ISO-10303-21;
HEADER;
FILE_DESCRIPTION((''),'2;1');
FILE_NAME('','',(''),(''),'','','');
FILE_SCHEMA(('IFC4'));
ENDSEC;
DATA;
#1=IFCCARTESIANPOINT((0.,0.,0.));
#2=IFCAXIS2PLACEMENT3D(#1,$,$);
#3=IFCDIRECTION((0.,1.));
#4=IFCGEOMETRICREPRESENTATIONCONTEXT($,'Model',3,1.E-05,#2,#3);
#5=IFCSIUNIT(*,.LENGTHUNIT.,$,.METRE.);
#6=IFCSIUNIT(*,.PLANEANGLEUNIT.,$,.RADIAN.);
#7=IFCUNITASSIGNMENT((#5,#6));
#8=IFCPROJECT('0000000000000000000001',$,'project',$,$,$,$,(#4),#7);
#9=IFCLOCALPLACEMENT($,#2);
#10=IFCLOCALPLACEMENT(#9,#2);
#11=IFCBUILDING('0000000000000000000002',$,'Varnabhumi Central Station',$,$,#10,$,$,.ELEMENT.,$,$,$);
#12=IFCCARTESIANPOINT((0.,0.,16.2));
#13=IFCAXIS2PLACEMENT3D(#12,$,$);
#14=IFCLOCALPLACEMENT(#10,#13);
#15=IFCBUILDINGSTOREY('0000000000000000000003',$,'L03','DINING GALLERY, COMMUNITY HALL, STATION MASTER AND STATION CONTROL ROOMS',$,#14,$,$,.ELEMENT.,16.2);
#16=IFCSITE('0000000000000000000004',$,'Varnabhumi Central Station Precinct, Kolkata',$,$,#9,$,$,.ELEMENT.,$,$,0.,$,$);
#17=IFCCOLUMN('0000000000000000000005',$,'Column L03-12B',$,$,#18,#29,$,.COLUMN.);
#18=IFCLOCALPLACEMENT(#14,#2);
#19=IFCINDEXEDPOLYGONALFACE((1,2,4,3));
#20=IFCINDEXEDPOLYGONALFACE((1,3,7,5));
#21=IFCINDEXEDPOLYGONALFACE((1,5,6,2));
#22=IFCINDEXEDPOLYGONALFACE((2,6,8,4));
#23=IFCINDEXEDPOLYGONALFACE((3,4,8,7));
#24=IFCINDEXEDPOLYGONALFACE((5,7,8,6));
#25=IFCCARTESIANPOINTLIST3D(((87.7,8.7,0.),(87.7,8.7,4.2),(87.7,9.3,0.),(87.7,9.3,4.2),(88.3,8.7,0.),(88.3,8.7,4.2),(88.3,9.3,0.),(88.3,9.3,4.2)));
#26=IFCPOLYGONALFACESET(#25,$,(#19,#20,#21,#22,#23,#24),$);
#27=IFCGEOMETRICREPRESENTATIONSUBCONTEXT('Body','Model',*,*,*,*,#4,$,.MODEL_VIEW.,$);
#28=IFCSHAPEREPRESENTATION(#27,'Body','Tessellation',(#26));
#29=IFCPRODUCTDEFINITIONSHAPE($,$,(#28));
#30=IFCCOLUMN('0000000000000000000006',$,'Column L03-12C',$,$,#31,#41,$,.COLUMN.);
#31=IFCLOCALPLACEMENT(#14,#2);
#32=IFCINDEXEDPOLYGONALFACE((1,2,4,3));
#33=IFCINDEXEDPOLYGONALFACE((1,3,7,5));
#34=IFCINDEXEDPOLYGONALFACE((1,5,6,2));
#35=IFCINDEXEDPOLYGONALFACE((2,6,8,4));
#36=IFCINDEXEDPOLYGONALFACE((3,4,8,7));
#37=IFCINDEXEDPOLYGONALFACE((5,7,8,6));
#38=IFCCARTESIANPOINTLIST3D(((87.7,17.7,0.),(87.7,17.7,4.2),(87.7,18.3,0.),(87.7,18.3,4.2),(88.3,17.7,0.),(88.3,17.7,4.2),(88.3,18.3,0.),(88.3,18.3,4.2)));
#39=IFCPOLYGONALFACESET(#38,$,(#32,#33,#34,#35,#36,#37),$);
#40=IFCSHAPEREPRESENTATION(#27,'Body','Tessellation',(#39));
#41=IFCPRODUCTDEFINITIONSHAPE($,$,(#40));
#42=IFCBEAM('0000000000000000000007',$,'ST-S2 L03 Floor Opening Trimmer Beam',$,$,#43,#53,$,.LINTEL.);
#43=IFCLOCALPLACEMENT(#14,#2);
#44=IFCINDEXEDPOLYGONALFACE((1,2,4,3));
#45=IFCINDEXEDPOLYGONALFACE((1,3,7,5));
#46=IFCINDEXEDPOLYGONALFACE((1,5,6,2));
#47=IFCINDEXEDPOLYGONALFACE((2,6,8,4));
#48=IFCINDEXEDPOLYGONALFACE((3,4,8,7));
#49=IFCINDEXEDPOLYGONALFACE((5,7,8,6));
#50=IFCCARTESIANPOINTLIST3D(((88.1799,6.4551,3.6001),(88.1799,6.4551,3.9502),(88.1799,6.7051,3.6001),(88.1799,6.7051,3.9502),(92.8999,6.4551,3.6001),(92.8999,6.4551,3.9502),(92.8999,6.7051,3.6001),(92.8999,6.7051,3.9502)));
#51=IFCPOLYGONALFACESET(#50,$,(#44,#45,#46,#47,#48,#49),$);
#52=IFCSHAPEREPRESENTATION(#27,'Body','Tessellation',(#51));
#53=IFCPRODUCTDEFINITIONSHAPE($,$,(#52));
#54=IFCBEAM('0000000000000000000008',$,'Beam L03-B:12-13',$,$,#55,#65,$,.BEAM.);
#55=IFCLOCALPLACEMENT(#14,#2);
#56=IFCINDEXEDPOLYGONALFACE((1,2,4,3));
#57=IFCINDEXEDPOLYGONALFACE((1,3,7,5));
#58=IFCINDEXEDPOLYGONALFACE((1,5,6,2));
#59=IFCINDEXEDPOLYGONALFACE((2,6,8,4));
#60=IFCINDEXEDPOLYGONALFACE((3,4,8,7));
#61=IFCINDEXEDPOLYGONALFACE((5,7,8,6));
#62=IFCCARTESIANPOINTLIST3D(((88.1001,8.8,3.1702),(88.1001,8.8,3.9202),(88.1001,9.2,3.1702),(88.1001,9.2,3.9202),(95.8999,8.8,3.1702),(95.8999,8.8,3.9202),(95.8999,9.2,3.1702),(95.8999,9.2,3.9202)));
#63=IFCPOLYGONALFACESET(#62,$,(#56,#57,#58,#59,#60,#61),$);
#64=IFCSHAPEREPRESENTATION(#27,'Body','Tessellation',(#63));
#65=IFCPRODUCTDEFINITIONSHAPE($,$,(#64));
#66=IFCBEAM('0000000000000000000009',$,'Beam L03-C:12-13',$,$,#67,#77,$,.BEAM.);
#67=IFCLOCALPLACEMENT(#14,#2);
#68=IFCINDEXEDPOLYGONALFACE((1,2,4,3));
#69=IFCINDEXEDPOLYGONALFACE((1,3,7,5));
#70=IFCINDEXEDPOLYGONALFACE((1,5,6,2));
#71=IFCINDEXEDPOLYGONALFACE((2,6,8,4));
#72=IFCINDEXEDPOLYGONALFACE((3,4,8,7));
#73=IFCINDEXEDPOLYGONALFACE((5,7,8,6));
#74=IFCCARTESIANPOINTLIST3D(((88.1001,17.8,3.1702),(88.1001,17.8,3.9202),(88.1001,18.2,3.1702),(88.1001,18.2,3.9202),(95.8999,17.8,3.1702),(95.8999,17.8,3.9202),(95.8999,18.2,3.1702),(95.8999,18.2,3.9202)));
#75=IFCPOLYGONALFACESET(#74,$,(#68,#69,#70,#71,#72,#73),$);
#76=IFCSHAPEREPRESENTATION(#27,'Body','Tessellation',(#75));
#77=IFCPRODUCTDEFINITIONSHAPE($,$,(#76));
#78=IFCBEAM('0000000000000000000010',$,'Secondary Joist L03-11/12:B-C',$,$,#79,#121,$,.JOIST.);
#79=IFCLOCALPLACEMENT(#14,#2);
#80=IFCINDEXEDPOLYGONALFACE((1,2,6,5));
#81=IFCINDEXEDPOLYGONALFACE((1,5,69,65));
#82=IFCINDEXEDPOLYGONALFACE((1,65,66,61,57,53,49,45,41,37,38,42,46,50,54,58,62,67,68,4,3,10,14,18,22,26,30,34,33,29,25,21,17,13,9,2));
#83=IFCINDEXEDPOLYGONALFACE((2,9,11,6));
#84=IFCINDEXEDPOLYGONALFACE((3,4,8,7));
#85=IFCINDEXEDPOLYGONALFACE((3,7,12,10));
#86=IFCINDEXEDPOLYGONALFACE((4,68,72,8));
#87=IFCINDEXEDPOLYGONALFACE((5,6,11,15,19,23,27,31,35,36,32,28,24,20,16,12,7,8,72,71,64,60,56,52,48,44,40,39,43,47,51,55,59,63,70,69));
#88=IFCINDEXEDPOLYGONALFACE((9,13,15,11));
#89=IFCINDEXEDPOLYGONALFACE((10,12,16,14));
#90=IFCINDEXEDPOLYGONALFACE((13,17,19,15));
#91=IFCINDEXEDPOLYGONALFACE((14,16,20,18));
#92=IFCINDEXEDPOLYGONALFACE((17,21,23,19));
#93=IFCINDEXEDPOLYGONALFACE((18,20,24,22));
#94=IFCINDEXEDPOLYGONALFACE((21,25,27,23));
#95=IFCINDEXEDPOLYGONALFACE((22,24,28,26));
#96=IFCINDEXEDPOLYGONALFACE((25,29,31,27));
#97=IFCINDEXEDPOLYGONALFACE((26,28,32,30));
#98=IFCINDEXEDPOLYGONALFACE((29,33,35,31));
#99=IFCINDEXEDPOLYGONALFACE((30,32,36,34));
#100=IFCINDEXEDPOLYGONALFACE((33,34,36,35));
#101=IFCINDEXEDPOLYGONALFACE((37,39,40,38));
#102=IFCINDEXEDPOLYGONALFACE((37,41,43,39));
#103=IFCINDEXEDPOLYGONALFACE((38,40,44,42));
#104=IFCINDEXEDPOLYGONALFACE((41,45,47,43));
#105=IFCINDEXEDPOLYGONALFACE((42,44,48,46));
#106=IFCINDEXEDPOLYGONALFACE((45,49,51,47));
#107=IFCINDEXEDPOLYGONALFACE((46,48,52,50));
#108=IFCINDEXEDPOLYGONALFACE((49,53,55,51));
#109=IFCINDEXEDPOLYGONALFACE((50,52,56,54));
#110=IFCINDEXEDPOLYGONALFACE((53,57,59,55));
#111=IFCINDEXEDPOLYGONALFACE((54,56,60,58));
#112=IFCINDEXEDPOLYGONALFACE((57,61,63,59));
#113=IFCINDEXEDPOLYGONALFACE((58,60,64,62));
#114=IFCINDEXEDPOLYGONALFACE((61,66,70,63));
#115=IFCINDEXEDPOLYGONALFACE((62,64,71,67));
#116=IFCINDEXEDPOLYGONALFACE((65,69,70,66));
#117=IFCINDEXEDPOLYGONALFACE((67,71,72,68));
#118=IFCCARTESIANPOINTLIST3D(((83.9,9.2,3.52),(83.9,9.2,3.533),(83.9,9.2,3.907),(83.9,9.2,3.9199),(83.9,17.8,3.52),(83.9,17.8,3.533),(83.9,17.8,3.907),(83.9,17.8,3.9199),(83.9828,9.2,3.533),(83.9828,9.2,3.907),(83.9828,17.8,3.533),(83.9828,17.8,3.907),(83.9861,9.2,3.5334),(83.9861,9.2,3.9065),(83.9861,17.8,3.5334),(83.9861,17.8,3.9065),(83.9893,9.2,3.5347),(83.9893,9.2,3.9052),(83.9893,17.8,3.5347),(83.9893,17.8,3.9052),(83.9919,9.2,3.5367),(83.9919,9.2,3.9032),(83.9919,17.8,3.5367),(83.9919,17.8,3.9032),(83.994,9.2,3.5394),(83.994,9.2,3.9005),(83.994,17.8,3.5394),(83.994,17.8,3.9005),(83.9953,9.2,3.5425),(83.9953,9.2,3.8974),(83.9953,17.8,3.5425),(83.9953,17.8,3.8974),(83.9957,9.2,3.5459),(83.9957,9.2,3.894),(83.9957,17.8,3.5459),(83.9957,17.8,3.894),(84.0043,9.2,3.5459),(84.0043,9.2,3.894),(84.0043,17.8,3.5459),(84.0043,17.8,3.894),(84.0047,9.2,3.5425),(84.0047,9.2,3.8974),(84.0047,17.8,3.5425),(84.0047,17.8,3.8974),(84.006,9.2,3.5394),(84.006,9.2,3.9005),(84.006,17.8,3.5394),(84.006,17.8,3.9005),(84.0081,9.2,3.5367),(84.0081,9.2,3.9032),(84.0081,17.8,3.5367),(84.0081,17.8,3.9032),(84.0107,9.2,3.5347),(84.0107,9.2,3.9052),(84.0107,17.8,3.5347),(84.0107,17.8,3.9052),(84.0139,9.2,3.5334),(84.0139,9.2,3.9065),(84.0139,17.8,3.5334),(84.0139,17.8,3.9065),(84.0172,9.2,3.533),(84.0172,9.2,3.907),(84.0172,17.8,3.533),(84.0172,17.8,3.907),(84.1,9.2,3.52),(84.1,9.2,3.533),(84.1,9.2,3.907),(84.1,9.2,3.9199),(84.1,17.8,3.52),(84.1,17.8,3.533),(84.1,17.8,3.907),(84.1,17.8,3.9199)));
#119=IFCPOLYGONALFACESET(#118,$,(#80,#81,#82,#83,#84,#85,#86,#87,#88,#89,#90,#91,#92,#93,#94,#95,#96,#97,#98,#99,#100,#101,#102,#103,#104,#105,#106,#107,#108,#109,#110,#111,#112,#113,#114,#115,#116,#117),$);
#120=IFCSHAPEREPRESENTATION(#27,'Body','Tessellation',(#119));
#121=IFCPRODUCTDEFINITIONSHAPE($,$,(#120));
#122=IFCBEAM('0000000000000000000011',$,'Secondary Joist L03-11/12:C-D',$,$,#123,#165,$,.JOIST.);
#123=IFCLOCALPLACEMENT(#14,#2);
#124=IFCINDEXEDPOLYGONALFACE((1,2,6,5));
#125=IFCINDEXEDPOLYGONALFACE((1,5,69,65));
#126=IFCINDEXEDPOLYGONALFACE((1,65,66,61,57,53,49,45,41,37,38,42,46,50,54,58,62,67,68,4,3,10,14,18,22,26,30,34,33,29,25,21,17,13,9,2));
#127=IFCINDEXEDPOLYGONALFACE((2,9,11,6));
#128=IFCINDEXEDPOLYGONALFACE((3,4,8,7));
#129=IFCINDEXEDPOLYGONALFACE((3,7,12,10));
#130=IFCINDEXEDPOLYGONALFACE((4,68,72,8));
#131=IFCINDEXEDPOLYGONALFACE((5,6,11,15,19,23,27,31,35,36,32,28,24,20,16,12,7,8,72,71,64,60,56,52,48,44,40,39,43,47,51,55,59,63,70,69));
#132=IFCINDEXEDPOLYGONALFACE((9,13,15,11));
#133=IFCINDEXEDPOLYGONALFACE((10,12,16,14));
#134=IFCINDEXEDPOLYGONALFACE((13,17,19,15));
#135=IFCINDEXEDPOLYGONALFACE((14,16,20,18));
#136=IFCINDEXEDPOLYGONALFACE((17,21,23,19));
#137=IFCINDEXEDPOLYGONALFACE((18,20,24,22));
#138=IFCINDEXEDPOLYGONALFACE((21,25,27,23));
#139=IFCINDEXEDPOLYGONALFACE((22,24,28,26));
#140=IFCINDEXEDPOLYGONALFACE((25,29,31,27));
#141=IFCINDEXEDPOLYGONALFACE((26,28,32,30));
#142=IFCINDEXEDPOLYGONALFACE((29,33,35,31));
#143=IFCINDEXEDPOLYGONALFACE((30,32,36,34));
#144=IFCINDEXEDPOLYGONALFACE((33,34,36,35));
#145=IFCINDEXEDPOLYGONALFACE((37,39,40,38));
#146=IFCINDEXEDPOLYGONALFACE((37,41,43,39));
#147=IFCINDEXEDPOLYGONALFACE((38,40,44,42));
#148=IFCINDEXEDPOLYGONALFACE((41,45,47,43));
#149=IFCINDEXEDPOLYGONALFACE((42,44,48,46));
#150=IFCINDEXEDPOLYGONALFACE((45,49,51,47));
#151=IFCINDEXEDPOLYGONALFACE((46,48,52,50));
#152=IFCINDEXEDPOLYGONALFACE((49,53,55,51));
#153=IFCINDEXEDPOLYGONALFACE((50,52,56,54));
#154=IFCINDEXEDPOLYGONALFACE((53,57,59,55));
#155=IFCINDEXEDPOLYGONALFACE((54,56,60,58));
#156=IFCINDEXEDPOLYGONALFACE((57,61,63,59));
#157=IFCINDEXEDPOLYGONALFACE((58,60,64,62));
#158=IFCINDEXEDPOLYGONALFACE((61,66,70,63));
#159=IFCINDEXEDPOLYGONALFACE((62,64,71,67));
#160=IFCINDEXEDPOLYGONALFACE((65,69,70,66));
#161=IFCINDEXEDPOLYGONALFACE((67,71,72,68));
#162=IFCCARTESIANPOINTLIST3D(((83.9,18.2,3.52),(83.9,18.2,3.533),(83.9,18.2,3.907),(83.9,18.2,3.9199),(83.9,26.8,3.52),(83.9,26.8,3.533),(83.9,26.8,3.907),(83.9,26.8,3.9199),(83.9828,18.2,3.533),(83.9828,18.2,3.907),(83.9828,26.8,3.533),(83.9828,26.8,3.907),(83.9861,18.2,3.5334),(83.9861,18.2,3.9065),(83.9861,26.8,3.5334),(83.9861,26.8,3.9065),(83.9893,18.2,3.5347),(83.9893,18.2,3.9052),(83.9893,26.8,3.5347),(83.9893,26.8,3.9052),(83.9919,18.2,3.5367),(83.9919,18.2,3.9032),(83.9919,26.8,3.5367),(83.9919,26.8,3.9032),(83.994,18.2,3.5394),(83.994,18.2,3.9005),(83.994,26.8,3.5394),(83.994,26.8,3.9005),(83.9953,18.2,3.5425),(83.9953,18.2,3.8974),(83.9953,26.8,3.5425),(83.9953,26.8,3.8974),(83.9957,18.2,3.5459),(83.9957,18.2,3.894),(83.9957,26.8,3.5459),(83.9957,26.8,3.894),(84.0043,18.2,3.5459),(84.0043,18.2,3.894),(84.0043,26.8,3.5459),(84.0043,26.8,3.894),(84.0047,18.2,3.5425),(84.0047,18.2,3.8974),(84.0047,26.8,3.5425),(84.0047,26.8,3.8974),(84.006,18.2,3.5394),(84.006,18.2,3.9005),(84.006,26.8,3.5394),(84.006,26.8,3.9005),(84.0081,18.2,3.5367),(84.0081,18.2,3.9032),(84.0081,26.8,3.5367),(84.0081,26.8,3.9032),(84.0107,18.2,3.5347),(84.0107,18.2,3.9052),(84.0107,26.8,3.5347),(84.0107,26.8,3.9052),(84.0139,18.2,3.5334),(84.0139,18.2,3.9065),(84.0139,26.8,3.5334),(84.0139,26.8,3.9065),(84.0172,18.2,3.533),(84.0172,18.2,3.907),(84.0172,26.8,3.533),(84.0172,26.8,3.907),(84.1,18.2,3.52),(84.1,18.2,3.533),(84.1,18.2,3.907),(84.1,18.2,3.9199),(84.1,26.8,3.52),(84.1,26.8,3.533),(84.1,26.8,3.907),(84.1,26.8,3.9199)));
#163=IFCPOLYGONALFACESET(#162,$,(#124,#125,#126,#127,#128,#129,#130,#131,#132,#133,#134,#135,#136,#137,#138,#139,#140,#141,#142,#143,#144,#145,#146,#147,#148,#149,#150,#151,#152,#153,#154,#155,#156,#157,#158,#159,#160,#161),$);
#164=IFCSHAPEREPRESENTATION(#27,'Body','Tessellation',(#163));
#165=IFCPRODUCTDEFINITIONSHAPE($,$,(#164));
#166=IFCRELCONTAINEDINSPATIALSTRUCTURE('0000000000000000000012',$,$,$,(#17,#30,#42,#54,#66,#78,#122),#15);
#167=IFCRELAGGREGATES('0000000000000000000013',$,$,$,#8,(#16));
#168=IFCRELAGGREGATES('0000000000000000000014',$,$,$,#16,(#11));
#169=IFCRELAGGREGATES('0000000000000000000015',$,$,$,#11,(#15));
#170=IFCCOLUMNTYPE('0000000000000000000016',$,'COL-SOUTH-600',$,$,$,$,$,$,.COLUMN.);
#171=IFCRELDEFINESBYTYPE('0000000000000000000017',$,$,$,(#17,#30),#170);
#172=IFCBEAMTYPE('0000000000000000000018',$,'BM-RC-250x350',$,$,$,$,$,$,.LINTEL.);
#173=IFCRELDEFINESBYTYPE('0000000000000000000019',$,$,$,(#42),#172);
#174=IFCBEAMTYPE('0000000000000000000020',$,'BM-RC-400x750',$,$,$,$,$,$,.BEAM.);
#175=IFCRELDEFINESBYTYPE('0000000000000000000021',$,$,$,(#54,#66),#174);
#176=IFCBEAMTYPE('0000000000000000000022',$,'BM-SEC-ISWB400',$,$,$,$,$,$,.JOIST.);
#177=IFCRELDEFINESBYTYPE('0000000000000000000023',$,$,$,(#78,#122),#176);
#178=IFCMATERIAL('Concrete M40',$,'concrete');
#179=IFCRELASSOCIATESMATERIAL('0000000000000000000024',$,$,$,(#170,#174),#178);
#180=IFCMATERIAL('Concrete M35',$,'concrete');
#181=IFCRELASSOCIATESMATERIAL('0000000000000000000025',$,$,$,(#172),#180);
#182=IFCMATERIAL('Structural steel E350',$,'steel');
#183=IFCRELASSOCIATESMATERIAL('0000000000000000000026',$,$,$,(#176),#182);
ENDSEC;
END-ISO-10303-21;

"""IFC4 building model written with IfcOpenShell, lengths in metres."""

from ifc_helpers import new_model, si_unit, direction, frame, origin, origin_2d, place, context, subcontext, project, spatial, rectangle, i_section, extrude, material, material_profile, profile_set, type_object, element, save


model = new_model("IFC4")

# Units and contexts
model_context = context("Model", 3, precision=1e-05, world=origin(), true_north=direction((0.0, 1.0)))
body_context = subcontext(model_context, "Body", "Model", "MODEL_VIEW")
ifc_project = project(units=[si_unit("LENGTHUNIT", "METRE"), si_unit("PLANEANGLEUNIT", "RADIAN")], contexts=[model_context])

# Site, building, storey
site_placement = place(None, origin())
site = spatial("IfcSite", under=ifc_project, at=site_placement, Name="Varnabhumi Central Station Precinct, Kolkata", CompositionType="ELEMENT", RefElevation=0.0)
building_placement = place(site_placement, origin())
building = spatial("IfcBuilding", under=site, at=building_placement, Name="Varnabhumi Central Station", CompositionType="ELEMENT")
storey_placement = place(building_placement, frame((0.0, 0.0, 16.2)))
storey = spatial("IfcBuildingStorey", under=building, at=storey_placement, Name="L03", Description="DINING GALLERY, COMMUNITY HALL, STATION MASTER AND STATION CONTROL ROOMS", CompositionType="ELEMENT", Elevation=16.2)

# Columns
ifc_material_1 = material(Name="Concrete M40", Category="concrete")
ifc_material_profile_1 = material_profile(ifc_material_1, rectangle(XDim=0.6001, YDim=0.6001, at=origin_2d()), Name="Concrete M40", Category="concrete")
ifc_profile_set_1 = profile_set([ifc_material_profile_1], Name="Concrete M40")
column_type = type_object("IfcColumnType", Name="COL-SOUTH-600", PredefinedType="COLUMN", material=ifc_profile_set_1)
for number, where, z_axis, x_axis, name in (
    (1, (88.0, 9.0, 0.0), (0.0, 0.0, 1.0), (1.0, 0.0, 0.0), "Column L03-12B"),
    (2, (88.0, 18.0, 0.0), (0.0, 0.0, 1.0), (1.0, 0.0, 0.0), "Column L03-12C"),
):
    element("IfcColumn", number, at=place(storey_placement, frame(where, z_axis=z_axis, x_axis=x_axis)), inside=storey, type_object=column_type, Name=name, PredefinedType="COLUMN", context=body_context, shape_type="SweptSolid", body=[
        extrude(rectangle(XDim=0.6001, YDim=0.6001, at=origin_2d()), origin(), (0.0, 0.0, 1.0), 4.2),
    ])

# Beams
ifc_material_2 = material(Name="Concrete M35", Category="concrete")
ifc_material_profile_2 = material_profile(ifc_material_2, rectangle(XDim=0.25, YDim=0.3501, at=origin_2d()), Name="Concrete M35", Category="concrete")
ifc_profile_set_2 = profile_set([ifc_material_profile_2], Name="Concrete M35")
beam_type_1 = type_object("IfcBeamType", Name="BM-RC-250x350", PredefinedType="LINTEL", material=ifc_profile_set_2)
beam_1_placement = place(storey_placement, frame((88.1799, 6.5801, 3.7751), z_axis=(1.0, 0.0, 0.0), x_axis=(0.0, 1.0, 0.0)))
element("IfcBeam", 3, at=beam_1_placement, inside=storey, type_object=beam_type_1, Name="ST-S2 L03 Floor Opening Trimmer Beam", PredefinedType="LINTEL", context=body_context, shape_type="SweptSolid", body=[
    extrude(rectangle(XDim=0.25, YDim=0.3501, at=origin_2d()), origin(), (0.0, 0.0, 1.0), 4.72),
])
ifc_material_profile_3 = material_profile(ifc_material_1, rectangle(XDim=0.3999, YDim=0.75, at=origin_2d()), Name="Concrete M40", Category="concrete")
ifc_profile_set_3 = profile_set([ifc_material_profile_3], Name="Concrete M40")
beam_type_2 = type_object("IfcBeamType", Name="BM-RC-400x750", PredefinedType="BEAM", material=ifc_profile_set_3)
for number, where, z_axis, x_axis, name in (
    (4, (88.1001, 9.0, 3.5452), (1.0, 0.0, 0.0), (0.0, 1.0, 0.0), "Beam L03-B:12-13"),
    (5, (88.1001, 18.0, 3.5452), (1.0, 0.0, 0.0), (0.0, 1.0, 0.0), "Beam L03-C:12-13"),
):
    element("IfcBeam", number, at=place(storey_placement, frame(where, z_axis=z_axis, x_axis=x_axis)), inside=storey, type_object=beam_type_2, Name=name, PredefinedType="BEAM", context=body_context, shape_type="SweptSolid", body=[
        extrude(rectangle(XDim=0.3999, YDim=0.75, at=origin_2d()), origin(), (0.0, 0.0, 1.0), 7.7998),
    ])
ifc_material_3 = material(Name="Structural steel E350", Category="steel")
ifc_material_profile_4 = material_profile(ifc_material_3, i_section(OverallWidth=0.2, OverallDepth=0.3999, WebThickness=0.0085, FlangeThickness=0.0129, FilletRadius=0.0129, at=origin_2d()), Name="Structural steel E350", Category="steel")
ifc_profile_set_4 = profile_set([ifc_material_profile_4], Name="Structural steel E350")
beam_type_3 = type_object("IfcBeamType", Name="BM-SEC-ISWB400", PredefinedType="JOIST", material=ifc_profile_set_4)
for number, where, z_axis, x_axis, name in (
    (6, (84.0, 9.2, 3.72), (0.0, 1.0, 0.0), (-1.0, 0.0, 0.0), "Secondary Joist L03-11/12:B-C"),
    (7, (84.0, 18.2, 3.72), (0.0, 1.0, 0.0), (-1.0, 0.0, 0.0), "Secondary Joist L03-11/12:C-D"),
):
    element("IfcBeam", number, at=place(storey_placement, frame(where, z_axis=z_axis, x_axis=x_axis)), inside=storey, type_object=beam_type_3, Name=name, PredefinedType="JOIST", context=body_context, shape_type="SweptSolid", body=[
        extrude(i_section(OverallWidth=0.2, OverallDepth=0.3999, WebThickness=0.0085, FlangeThickness=0.0129, FilletRadius=0.0129, at=origin_2d()), origin(), (0.0, 0.0, 1.0), 8.6001),
    ])

save(model, "model.ifc")
